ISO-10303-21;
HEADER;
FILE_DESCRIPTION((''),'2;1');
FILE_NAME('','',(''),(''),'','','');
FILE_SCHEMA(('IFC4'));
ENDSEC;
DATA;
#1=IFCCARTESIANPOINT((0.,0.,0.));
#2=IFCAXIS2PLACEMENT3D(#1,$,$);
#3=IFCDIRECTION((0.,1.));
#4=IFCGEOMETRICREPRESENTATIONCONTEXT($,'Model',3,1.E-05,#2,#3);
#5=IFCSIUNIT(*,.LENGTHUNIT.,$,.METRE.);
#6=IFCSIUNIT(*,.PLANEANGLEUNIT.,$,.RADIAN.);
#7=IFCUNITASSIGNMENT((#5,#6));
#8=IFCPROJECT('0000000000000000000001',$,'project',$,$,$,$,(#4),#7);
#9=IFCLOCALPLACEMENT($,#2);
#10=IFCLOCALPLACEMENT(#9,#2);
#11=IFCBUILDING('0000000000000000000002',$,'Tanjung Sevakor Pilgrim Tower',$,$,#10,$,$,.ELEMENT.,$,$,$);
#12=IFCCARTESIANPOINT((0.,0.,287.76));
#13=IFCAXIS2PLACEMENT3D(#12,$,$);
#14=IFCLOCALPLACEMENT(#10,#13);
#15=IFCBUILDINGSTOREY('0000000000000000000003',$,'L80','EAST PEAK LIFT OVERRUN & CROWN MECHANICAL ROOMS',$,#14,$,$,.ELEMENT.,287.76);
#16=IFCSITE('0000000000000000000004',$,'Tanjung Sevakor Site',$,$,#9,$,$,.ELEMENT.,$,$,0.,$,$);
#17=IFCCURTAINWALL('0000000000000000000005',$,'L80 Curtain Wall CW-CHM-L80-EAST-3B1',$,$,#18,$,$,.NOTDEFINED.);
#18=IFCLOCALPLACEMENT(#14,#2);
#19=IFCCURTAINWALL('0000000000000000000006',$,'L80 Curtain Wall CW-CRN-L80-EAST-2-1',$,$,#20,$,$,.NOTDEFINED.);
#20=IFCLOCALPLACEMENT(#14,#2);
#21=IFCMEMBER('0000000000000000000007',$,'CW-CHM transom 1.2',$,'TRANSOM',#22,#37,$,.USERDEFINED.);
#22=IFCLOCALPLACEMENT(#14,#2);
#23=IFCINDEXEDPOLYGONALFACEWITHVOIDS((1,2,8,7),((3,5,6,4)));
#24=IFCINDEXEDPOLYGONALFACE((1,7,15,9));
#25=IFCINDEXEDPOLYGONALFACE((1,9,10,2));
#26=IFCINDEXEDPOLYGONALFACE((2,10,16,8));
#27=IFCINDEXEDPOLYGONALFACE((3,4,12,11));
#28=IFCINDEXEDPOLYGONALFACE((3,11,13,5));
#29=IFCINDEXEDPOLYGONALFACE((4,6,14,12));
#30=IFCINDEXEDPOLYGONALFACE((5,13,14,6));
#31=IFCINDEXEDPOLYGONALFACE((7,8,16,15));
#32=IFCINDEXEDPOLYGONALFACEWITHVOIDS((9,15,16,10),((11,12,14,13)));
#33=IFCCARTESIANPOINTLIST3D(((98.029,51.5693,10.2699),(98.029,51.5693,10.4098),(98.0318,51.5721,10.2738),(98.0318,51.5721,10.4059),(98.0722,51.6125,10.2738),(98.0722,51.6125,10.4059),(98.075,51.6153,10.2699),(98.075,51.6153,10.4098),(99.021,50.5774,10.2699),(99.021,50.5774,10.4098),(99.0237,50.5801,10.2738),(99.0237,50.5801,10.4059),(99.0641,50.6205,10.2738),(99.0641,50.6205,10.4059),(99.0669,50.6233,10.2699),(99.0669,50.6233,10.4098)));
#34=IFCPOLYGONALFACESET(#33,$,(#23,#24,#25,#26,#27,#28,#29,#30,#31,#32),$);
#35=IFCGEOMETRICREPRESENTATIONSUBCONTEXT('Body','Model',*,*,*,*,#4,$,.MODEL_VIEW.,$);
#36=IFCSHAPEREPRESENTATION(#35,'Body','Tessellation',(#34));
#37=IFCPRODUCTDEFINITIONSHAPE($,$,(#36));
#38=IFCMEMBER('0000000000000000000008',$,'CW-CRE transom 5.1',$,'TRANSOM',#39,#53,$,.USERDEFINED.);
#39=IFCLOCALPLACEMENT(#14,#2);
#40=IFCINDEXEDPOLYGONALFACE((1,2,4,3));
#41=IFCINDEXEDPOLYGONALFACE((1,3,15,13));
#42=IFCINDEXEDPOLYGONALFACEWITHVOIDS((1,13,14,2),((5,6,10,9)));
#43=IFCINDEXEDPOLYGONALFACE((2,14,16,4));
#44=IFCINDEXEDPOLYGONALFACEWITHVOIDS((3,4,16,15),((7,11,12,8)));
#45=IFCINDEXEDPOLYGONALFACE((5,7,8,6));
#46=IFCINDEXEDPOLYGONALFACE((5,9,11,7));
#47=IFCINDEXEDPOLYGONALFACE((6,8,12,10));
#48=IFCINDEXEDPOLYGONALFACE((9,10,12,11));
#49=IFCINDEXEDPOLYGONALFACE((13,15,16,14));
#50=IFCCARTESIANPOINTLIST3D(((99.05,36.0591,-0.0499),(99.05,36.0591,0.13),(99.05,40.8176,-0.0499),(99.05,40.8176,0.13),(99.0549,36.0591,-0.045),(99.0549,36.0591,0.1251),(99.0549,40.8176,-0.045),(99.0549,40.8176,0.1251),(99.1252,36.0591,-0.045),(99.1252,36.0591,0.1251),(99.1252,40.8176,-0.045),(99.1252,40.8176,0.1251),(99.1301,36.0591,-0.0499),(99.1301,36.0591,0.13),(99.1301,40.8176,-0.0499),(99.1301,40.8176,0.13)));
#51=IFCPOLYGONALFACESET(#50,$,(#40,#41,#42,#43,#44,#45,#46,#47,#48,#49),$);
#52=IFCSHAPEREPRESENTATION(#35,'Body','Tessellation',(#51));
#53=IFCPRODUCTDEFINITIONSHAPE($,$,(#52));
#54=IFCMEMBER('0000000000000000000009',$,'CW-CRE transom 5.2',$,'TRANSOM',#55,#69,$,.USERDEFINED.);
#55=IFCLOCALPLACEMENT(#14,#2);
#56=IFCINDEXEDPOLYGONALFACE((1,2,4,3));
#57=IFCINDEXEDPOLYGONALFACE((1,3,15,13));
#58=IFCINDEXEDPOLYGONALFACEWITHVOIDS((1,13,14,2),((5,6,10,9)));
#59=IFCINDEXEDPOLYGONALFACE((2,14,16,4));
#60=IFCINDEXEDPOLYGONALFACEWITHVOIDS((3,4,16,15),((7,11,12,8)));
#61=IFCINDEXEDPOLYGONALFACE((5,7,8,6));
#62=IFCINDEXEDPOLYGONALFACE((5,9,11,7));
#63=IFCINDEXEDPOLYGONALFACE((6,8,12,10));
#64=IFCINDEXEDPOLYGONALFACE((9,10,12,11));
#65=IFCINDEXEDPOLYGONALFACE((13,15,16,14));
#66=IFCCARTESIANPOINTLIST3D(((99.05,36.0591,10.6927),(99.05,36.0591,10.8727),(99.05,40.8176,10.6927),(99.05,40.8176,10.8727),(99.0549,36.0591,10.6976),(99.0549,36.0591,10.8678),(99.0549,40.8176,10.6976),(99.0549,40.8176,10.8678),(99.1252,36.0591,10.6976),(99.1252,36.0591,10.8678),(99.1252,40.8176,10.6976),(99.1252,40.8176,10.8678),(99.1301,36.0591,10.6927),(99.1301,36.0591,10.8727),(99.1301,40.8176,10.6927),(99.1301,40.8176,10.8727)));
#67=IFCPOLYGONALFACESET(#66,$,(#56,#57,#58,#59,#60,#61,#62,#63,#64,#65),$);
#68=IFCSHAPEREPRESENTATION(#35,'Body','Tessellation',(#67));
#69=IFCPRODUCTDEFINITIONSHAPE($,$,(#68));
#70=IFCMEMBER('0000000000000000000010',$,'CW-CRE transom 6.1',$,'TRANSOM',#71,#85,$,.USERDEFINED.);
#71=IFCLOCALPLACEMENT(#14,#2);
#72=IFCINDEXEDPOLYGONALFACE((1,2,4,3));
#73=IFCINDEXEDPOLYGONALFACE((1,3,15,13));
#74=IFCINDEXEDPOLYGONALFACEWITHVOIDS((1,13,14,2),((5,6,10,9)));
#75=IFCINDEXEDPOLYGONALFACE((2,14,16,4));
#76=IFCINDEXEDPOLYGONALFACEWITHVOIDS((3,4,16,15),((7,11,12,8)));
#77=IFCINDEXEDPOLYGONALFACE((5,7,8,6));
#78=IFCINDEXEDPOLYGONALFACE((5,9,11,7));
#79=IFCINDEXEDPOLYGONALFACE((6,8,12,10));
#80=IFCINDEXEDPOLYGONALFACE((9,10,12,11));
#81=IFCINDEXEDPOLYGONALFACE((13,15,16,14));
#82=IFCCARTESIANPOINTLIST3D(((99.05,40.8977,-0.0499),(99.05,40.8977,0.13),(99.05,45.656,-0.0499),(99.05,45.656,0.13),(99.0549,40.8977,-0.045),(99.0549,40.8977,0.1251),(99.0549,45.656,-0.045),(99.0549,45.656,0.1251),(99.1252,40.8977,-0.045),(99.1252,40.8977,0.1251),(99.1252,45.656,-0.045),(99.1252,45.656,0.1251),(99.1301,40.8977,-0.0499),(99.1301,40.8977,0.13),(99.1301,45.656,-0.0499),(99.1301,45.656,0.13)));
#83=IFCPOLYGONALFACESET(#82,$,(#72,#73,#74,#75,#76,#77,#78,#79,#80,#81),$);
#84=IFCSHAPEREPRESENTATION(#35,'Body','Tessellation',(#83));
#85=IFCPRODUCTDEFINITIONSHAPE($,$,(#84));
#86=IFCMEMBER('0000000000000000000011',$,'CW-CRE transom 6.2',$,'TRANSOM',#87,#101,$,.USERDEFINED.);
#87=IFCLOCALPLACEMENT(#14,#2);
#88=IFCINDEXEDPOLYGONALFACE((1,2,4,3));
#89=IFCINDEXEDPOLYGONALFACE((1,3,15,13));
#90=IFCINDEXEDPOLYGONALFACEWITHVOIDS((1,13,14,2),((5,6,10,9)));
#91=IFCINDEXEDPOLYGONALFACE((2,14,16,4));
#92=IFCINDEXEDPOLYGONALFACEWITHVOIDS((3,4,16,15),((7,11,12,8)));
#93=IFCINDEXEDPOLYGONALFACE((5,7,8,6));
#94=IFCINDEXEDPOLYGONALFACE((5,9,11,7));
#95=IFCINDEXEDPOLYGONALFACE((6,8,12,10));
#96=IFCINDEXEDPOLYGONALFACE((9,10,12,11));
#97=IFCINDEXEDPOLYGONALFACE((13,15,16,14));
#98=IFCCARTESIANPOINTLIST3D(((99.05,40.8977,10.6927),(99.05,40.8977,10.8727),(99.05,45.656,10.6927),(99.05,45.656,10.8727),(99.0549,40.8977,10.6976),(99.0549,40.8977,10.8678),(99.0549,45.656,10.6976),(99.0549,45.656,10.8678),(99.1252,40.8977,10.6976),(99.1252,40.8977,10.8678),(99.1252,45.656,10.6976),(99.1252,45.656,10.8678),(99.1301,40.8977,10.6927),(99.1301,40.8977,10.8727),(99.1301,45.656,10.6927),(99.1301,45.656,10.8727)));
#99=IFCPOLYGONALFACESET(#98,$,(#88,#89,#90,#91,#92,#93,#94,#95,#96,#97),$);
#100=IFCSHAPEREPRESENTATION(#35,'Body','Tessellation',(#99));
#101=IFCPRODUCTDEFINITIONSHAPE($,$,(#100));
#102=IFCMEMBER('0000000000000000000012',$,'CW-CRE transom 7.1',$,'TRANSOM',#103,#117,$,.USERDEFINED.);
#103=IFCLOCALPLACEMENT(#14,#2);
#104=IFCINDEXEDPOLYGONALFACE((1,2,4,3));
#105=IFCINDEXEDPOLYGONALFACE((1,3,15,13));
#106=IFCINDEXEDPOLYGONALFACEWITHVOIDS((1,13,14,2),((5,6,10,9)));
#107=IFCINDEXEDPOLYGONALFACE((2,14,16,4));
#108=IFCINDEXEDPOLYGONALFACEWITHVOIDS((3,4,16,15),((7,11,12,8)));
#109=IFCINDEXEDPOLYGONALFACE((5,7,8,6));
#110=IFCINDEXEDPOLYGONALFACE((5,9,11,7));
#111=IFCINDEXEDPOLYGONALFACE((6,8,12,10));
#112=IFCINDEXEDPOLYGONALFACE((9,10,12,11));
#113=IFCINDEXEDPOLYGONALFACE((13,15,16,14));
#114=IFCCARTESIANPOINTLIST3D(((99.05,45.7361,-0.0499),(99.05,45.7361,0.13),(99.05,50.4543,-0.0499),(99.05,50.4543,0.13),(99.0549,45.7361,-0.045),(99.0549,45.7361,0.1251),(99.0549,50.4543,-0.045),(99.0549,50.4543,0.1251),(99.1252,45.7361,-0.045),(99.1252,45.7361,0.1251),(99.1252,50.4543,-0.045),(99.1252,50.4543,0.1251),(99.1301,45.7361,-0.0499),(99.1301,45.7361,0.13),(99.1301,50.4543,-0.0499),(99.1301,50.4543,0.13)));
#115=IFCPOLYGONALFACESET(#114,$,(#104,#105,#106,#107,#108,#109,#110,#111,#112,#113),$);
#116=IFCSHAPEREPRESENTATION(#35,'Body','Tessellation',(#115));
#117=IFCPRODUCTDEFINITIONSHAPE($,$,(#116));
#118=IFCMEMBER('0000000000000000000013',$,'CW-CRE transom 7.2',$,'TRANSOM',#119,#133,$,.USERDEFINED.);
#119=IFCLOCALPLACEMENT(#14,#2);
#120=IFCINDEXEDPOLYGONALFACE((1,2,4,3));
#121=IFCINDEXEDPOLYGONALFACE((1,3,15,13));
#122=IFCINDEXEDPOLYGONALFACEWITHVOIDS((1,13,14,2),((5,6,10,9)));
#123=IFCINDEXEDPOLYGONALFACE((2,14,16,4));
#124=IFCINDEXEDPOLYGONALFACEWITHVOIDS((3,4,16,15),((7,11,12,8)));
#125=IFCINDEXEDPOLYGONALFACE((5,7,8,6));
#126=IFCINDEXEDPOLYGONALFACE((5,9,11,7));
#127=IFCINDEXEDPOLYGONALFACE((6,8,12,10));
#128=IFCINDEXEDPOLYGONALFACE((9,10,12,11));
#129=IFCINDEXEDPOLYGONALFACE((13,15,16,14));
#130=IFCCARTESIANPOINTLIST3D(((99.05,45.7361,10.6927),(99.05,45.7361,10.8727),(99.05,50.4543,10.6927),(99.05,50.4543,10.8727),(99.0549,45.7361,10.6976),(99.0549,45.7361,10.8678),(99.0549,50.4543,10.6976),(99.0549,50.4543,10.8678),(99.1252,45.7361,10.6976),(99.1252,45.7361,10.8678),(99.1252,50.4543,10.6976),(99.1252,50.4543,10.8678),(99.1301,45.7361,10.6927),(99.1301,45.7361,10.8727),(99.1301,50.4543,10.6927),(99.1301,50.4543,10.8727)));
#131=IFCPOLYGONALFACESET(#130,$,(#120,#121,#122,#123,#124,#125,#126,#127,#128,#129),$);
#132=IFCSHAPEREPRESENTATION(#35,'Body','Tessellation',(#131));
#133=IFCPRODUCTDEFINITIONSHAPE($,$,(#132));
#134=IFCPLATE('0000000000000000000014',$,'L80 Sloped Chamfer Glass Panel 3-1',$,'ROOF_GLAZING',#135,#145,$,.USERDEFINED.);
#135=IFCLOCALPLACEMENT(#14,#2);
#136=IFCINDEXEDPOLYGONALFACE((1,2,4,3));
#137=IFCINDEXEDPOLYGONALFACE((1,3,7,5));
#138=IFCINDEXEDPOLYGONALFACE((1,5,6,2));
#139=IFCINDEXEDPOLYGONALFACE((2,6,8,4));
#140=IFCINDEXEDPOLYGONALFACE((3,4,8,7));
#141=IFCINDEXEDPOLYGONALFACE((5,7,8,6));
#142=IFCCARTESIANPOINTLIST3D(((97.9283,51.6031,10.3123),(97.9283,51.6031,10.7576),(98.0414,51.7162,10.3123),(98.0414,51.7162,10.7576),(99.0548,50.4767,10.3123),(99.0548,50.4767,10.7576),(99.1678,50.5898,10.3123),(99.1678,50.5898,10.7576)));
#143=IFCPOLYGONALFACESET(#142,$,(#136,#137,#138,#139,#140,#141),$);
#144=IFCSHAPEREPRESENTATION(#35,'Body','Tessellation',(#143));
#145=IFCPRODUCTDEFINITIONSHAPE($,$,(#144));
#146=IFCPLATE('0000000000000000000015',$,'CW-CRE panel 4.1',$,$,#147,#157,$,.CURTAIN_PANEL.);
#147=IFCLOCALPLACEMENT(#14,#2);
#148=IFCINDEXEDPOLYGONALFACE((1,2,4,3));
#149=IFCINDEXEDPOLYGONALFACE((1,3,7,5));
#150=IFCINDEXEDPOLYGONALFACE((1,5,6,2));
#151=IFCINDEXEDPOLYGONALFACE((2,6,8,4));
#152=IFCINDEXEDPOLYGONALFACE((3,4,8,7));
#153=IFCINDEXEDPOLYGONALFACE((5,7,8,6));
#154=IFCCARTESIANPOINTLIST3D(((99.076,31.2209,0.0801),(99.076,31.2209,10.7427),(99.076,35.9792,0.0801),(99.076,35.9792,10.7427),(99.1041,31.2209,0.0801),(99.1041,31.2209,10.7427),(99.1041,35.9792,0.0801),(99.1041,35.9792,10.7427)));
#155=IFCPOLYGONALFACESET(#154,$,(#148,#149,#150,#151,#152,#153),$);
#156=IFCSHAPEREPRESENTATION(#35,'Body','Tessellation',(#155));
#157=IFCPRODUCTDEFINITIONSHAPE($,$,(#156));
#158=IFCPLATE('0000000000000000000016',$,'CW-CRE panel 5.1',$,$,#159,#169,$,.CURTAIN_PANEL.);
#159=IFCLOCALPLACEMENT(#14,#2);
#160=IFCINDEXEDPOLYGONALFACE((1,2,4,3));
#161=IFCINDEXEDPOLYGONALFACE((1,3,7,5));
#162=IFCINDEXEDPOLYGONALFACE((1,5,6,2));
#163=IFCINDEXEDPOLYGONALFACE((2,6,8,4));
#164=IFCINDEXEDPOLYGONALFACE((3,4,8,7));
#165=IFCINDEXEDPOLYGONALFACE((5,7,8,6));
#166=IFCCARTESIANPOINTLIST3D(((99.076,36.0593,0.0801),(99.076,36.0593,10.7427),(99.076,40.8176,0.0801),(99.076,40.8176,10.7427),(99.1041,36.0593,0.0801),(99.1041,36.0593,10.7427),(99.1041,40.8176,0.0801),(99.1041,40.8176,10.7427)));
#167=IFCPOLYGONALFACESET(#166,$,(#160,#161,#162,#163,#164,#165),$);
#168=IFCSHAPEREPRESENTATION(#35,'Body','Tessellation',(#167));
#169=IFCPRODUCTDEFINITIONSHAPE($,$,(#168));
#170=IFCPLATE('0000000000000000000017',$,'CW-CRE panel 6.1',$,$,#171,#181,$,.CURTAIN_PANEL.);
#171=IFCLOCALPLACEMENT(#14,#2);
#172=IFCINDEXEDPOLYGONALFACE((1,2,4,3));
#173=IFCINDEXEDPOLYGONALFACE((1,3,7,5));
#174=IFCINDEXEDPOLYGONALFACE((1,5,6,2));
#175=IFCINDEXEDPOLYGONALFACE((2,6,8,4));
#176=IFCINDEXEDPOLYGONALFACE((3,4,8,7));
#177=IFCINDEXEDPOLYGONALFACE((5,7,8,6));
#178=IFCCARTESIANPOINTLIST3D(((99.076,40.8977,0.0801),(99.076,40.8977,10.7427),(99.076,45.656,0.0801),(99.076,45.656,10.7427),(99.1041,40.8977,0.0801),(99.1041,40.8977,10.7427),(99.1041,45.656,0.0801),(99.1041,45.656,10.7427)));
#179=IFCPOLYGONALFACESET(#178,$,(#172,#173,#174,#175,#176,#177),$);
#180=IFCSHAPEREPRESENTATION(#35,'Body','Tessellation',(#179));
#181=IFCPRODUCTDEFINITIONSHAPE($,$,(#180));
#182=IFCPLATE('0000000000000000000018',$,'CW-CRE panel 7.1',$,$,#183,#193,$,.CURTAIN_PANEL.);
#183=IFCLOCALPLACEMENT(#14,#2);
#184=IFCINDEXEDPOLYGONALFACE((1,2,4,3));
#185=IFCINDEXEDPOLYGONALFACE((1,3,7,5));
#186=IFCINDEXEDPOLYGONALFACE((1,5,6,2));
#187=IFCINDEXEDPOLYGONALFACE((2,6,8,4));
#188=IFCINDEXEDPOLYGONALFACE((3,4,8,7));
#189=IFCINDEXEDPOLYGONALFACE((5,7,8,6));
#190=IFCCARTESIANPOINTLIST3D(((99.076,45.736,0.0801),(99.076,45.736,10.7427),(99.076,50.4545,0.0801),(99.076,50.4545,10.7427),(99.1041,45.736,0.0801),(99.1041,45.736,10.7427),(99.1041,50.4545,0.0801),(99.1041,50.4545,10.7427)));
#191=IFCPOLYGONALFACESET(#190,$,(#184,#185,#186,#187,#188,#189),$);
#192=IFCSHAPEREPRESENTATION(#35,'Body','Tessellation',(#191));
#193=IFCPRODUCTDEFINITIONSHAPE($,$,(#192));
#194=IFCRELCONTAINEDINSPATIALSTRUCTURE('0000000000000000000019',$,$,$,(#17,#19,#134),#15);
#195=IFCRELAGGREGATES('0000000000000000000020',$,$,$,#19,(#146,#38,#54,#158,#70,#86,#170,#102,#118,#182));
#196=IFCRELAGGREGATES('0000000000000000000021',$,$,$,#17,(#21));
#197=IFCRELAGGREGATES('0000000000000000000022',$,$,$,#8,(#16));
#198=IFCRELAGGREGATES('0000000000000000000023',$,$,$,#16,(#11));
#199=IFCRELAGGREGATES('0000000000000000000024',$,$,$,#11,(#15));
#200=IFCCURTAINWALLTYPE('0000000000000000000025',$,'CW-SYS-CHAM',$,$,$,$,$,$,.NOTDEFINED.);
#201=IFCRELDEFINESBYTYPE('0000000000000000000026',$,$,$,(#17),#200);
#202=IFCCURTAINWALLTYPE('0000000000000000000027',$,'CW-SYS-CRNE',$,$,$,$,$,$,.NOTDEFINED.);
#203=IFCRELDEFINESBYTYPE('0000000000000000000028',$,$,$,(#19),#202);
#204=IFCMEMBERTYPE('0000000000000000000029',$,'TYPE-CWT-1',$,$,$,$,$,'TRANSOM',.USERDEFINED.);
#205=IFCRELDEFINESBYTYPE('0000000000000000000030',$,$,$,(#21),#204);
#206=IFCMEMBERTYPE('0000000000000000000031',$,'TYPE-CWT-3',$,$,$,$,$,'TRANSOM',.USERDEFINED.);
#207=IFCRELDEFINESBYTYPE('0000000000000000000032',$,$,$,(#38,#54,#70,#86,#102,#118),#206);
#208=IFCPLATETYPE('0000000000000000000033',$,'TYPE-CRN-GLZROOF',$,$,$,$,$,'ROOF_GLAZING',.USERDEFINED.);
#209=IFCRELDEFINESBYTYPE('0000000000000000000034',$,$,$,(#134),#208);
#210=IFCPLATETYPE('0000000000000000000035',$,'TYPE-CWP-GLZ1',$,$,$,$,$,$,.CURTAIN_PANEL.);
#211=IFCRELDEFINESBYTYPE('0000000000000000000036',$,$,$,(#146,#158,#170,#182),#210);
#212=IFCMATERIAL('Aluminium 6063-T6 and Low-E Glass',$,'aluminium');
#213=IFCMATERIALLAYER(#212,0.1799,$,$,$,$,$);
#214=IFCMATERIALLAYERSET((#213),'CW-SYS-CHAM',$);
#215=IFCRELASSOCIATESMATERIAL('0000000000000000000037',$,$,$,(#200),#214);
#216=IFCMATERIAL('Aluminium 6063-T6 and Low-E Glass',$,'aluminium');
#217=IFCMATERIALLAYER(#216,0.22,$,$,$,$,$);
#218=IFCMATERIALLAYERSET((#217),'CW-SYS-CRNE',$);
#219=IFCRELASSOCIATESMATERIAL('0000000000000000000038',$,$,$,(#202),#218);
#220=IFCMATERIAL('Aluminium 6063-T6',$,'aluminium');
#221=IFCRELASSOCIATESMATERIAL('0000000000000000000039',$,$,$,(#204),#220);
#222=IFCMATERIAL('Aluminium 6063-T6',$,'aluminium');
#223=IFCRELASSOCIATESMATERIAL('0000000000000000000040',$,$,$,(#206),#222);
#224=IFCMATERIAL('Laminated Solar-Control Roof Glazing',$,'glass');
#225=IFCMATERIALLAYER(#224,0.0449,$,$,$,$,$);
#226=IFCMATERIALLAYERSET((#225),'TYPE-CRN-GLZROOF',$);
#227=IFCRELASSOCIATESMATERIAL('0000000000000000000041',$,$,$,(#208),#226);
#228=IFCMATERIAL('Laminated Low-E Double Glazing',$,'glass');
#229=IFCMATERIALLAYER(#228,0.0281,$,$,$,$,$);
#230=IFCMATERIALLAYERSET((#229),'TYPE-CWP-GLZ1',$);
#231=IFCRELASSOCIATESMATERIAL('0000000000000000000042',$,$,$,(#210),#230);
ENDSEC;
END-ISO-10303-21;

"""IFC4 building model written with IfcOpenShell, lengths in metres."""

from ifc_helpers import new_model, si_unit, direction, frame, origin, origin_2d, place, context, subcontext, project, spatial, rectangle, hollow_rectangle, extrude, material, layer, layer_set, material_profile, profile_set, type_object, element, aggregate, save


model = new_model("IFC4")

# Units and contexts
model_context = context("Model", 3, precision=1e-05, world=origin(), true_north=direction((0.0, 1.0)))
body_context = subcontext(model_context, "Body", "Model", "MODEL_VIEW")
ifc_project = project(units=[si_unit("LENGTHUNIT", "METRE"), si_unit("PLANEANGLEUNIT", "RADIAN")], contexts=[model_context])

# Site, building, storey
site_placement = place(None, origin())
site = spatial("IfcSite", under=ifc_project, at=site_placement, Name="Tanjung Sevakor Site", CompositionType="ELEMENT", RefElevation=0.0)
building_placement = place(site_placement, origin())
building = spatial("IfcBuilding", under=site, at=building_placement, Name="Tanjung Sevakor Pilgrim Tower", CompositionType="ELEMENT")
storey_placement = place(building_placement, frame((0.0, 0.0, 287.76)))
storey = spatial("IfcBuildingStorey", under=building, at=storey_placement, Name="L80", Description="EAST PEAK LIFT OVERRUN & CROWN MECHANICAL ROOMS", CompositionType="ELEMENT", Elevation=287.76)

# Curtain wall
ifc_material_1 = material(Name="Aluminium 6063-T6 and Low-E Glass", Category="aluminium")
ifc_layer_1 = layer(ifc_material_1, 0.1799)
ifc_layer_set_1 = layer_set([ifc_layer_1], Name="CW-SYS-CHAM")
curtain_wall_type_1 = type_object("IfcCurtainWallType", Name="CW-SYS-CHAM", PredefinedType="NOTDEFINED", material=ifc_layer_set_1)
curtain_wall_1_placement = place(storey_placement, origin())
curtain_wall_1 = element("IfcCurtainWall", 1, at=curtain_wall_1_placement, inside=storey, type_object=curtain_wall_type_1, Name="L80 Curtain Wall CW-CHM-L80-EAST-3B1", PredefinedType="NOTDEFINED")

# Curtain wall
ifc_material_2 = material(Name="Aluminium 6063-T6 and Low-E Glass", Category="aluminium")
ifc_layer_2 = layer(ifc_material_2, 0.22)
ifc_layer_set_2 = layer_set([ifc_layer_2], Name="CW-SYS-CRNE")
curtain_wall_type_2 = type_object("IfcCurtainWallType", Name="CW-SYS-CRNE", PredefinedType="NOTDEFINED", material=ifc_layer_set_2)
curtain_wall_2_placement = place(storey_placement, origin())
curtain_wall_2 = element("IfcCurtainWall", 2, at=curtain_wall_2_placement, inside=storey, type_object=curtain_wall_type_2, Name="L80 Curtain Wall CW-CRN-L80-EAST-2-1", PredefinedType="NOTDEFINED")

# Members
ifc_material_3 = material(Name="Aluminium 6063-T6", Category="aluminium")
ifc_material_profile_1 = material_profile(ifc_material_3, hollow_rectangle(XDim=0.0649, YDim=0.1399, WallThickness=0.0039, at=origin_2d()))
ifc_profile_set_1 = profile_set([ifc_material_profile_1], Name="Aluminium 6063-T6")
member_type_1 = type_object("IfcMemberType", Name="TYPE-CWT-1", ElementType="TRANSOM", PredefinedType="USERDEFINED", material=ifc_profile_set_1)
member_1_placement = place(storey_placement, frame((99.0439, 50.6003, 10.3398), z_axis=(-0.707107, 0.707107, 0.0), x_axis=(-0.707107, -0.707107, 0.0)))
member_1 = element("IfcMember", 3, at=member_1_placement, type_object=member_type_1, Name="CW-CHM transom 1.2", ObjectType="TRANSOM", PredefinedType="USERDEFINED", context=body_context, shape_type="SweptSolid", body=[
    extrude(hollow_rectangle(XDim=0.0649, YDim=0.1399, WallThickness=0.0039, at=origin_2d()), origin(), (0.0, 0.0, 1.0), 1.4028),
])
ifc_material_4 = material(Name="Aluminium 6063-T6", Category="aluminium")
ifc_material_profile_2 = material_profile(ifc_material_4, hollow_rectangle(XDim=0.0801, YDim=0.1799, WallThickness=0.0049, at=origin_2d()))
ifc_profile_set_2 = profile_set([ifc_material_profile_2], Name="Aluminium 6063-T6")
member_type_2 = type_object("IfcMemberType", Name="TYPE-CWT-3", ElementType="TRANSOM", PredefinedType="USERDEFINED", material=ifc_profile_set_2)
member_2_placement = place(storey_placement, frame((99.0901, 36.0591, 0.04), z_axis=(0.0, 1.0, 0.0), x_axis=(-1.0, 0.0, 0.0)))
member_2 = element("IfcMember", 4, at=member_2_placement, type_object=member_type_2, Name="CW-CRE transom 5.1", ObjectType="TRANSOM", PredefinedType="USERDEFINED", context=body_context, shape_type="SweptSolid", body=[
    extrude(hollow_rectangle(XDim=0.0801, YDim=0.1799, WallThickness=0.0049, at=origin_2d()), origin(), (0.0, 0.0, 1.0), 4.7585),
])
member_3_placement = place(storey_placement, frame((99.0901, 36.0591, 10.7827), z_axis=(0.0, 1.0, 0.0), x_axis=(-1.0, 0.0, 0.0)))
member_3 = element("IfcMember", 5, at=member_3_placement, type_object=member_type_2, Name="CW-CRE transom 5.2", ObjectType="TRANSOM", PredefinedType="USERDEFINED", context=body_context, shape_type="SweptSolid", body=[
    extrude(hollow_rectangle(XDim=0.0801, YDim=0.1799, WallThickness=0.0049, at=origin_2d()), origin(), (0.0, 0.0, 1.0), 4.7585),
])
member_4_placement = place(storey_placement, frame((99.0901, 40.8977, 0.04), z_axis=(0.0, 1.0, 0.0), x_axis=(-1.0, 0.0, 0.0)))
member_4 = element("IfcMember", 6, at=member_4_placement, type_object=member_type_2, Name="CW-CRE transom 6.1", ObjectType="TRANSOM", PredefinedType="USERDEFINED", context=body_context, shape_type="SweptSolid", body=[
    extrude(hollow_rectangle(XDim=0.0801, YDim=0.1799, WallThickness=0.0049, at=origin_2d()), origin(), (0.0, 0.0, 1.0), 4.7583),
])
member_5_placement = place(storey_placement, frame((99.0901, 40.8977, 10.7827), z_axis=(0.0, 1.0, 0.0), x_axis=(-1.0, 0.0, 0.0)))
member_5 = element("IfcMember", 7, at=member_5_placement, type_object=member_type_2, Name="CW-CRE transom 6.2", ObjectType="TRANSOM", PredefinedType="USERDEFINED", context=body_context, shape_type="SweptSolid", body=[
    extrude(hollow_rectangle(XDim=0.0801, YDim=0.1799, WallThickness=0.0049, at=origin_2d()), origin(), (0.0, 0.0, 1.0), 4.7583),
])
member_6_placement = place(storey_placement, frame((99.0901, 45.7361, 0.04), z_axis=(0.0, 1.0, 0.0), x_axis=(-1.0, 0.0, 0.0)))
member_6 = element("IfcMember", 8, at=member_6_placement, type_object=member_type_2, Name="CW-CRE transom 7.1", ObjectType="TRANSOM", PredefinedType="USERDEFINED", context=body_context, shape_type="SweptSolid", body=[
    extrude(hollow_rectangle(XDim=0.0801, YDim=0.1799, WallThickness=0.0049, at=origin_2d()), origin(), (0.0, 0.0, 1.0), 4.7183),
])
member_7_placement = place(storey_placement, frame((99.0901, 45.7361, 10.7827), z_axis=(0.0, 1.0, 0.0), x_axis=(-1.0, 0.0, 0.0)))
member_7 = element("IfcMember", 9, at=member_7_placement, type_object=member_type_2, Name="CW-CRE transom 7.2", ObjectType="TRANSOM", PredefinedType="USERDEFINED", context=body_context, shape_type="SweptSolid", body=[
    extrude(hollow_rectangle(XDim=0.0801, YDim=0.1799, WallThickness=0.0049, at=origin_2d()), origin(), (0.0, 0.0, 1.0), 4.7183),
])

# Plates
ifc_material_5 = material(Name="Laminated Solar-Control Roof Glazing", Category="glass")
ifc_layer_3 = layer(ifc_material_5, 0.0449)
ifc_layer_set_3 = layer_set([ifc_layer_3], Name="TYPE-CRN-GLZROOF")
plate_type_1 = type_object("IfcPlateType", Name="TYPE-CRN-GLZROOF", ElementType="ROOF_GLAZING", PredefinedType="USERDEFINED", material=ifc_layer_set_3)
plate_1_placement = place(storey_placement, frame((98.5481, 51.0964, 10.3123), z_axis=(0.0, 0.0, 1.0), x_axis=(-0.707107, 0.707107, 0.0)))
element("IfcPlate", 10, at=plate_1_placement, inside=storey, type_object=plate_type_1, Name="L80 Sloped Chamfer Glass Panel 3-1", ObjectType="ROOF_GLAZING", PredefinedType="USERDEFINED", context=body_context, shape_type="SweptSolid", body=[
    extrude(rectangle(XDim=1.593, YDim=0.1599, at=origin_2d()), origin(), (0.0, 0.0, 1.0), 0.4453),
])
ifc_material_6 = material(Name="Laminated Low-E Double Glazing", Category="glass")
ifc_layer_4 = layer(ifc_material_6, 0.0281)
ifc_layer_set_4 = layer_set([ifc_layer_4], Name="TYPE-CWP-GLZ1")
plate_type_2 = type_object("IfcPlateType", Name="TYPE-CWP-GLZ1", PredefinedType="CURTAIN_PANEL", material=ifc_layer_set_4)
plate_2_placement = place(storey_placement, frame((99.0901, 33.6001, 0.0801), z_axis=(0.0, 0.0, 1.0), x_axis=(0.0, 1.0, 0.0)))
plate_2 = element("IfcPlate", 11, at=plate_2_placement, type_object=plate_type_2, Name="CW-CRE panel 4.1", PredefinedType="CURTAIN_PANEL", context=body_context, shape_type="SweptSolid", body=[
    extrude(rectangle(XDim=4.7583, YDim=0.0281, at=origin_2d()), origin(), (0.0, 0.0, 1.0), 10.6626),
])
plate_3_placement = place(storey_placement, frame((99.0901, 38.4385, 0.0801), z_axis=(0.0, 0.0, 1.0), x_axis=(0.0, 1.0, 0.0)))
plate_3 = element("IfcPlate", 12, at=plate_3_placement, type_object=plate_type_2, Name="CW-CRE panel 5.1", PredefinedType="CURTAIN_PANEL", context=body_context, shape_type="SweptSolid", body=[
    extrude(rectangle(XDim=4.7583, YDim=0.0281, at=origin_2d()), origin(), (0.0, 0.0, 1.0), 10.6626),
])
plate_4_placement = place(storey_placement, frame((99.0901, 43.2769, 0.0801), z_axis=(0.0, 0.0, 1.0), x_axis=(0.0, 1.0, 0.0)))
plate_4 = element("IfcPlate", 13, at=plate_4_placement, type_object=plate_type_2, Name="CW-CRE panel 6.1", PredefinedType="CURTAIN_PANEL", context=body_context, shape_type="SweptSolid", body=[
    extrude(rectangle(XDim=4.7583, YDim=0.0281, at=origin_2d()), origin(), (0.0, 0.0, 1.0), 10.6626),
])
plate_5_placement = place(storey_placement, frame((99.0901, 48.0952, 0.0801), z_axis=(0.0, 0.0, 1.0), x_axis=(0.0, 1.0, 0.0)))
plate_5 = element("IfcPlate", 14, at=plate_5_placement, type_object=plate_type_2, Name="CW-CRE panel 7.1", PredefinedType="CURTAIN_PANEL", context=body_context, shape_type="SweptSolid", body=[
    extrude(rectangle(XDim=4.7185, YDim=0.0281, at=origin_2d()), origin(), (0.0, 0.0, 1.0), 10.6626),
])
aggregate(curtain_wall_2, [plate_2, member_2, member_3, plate_3, member_4, member_5, plate_4, member_6, member_7, plate_5])
aggregate(curtain_wall_1, [member_1])

save(model, "model.ifc")
